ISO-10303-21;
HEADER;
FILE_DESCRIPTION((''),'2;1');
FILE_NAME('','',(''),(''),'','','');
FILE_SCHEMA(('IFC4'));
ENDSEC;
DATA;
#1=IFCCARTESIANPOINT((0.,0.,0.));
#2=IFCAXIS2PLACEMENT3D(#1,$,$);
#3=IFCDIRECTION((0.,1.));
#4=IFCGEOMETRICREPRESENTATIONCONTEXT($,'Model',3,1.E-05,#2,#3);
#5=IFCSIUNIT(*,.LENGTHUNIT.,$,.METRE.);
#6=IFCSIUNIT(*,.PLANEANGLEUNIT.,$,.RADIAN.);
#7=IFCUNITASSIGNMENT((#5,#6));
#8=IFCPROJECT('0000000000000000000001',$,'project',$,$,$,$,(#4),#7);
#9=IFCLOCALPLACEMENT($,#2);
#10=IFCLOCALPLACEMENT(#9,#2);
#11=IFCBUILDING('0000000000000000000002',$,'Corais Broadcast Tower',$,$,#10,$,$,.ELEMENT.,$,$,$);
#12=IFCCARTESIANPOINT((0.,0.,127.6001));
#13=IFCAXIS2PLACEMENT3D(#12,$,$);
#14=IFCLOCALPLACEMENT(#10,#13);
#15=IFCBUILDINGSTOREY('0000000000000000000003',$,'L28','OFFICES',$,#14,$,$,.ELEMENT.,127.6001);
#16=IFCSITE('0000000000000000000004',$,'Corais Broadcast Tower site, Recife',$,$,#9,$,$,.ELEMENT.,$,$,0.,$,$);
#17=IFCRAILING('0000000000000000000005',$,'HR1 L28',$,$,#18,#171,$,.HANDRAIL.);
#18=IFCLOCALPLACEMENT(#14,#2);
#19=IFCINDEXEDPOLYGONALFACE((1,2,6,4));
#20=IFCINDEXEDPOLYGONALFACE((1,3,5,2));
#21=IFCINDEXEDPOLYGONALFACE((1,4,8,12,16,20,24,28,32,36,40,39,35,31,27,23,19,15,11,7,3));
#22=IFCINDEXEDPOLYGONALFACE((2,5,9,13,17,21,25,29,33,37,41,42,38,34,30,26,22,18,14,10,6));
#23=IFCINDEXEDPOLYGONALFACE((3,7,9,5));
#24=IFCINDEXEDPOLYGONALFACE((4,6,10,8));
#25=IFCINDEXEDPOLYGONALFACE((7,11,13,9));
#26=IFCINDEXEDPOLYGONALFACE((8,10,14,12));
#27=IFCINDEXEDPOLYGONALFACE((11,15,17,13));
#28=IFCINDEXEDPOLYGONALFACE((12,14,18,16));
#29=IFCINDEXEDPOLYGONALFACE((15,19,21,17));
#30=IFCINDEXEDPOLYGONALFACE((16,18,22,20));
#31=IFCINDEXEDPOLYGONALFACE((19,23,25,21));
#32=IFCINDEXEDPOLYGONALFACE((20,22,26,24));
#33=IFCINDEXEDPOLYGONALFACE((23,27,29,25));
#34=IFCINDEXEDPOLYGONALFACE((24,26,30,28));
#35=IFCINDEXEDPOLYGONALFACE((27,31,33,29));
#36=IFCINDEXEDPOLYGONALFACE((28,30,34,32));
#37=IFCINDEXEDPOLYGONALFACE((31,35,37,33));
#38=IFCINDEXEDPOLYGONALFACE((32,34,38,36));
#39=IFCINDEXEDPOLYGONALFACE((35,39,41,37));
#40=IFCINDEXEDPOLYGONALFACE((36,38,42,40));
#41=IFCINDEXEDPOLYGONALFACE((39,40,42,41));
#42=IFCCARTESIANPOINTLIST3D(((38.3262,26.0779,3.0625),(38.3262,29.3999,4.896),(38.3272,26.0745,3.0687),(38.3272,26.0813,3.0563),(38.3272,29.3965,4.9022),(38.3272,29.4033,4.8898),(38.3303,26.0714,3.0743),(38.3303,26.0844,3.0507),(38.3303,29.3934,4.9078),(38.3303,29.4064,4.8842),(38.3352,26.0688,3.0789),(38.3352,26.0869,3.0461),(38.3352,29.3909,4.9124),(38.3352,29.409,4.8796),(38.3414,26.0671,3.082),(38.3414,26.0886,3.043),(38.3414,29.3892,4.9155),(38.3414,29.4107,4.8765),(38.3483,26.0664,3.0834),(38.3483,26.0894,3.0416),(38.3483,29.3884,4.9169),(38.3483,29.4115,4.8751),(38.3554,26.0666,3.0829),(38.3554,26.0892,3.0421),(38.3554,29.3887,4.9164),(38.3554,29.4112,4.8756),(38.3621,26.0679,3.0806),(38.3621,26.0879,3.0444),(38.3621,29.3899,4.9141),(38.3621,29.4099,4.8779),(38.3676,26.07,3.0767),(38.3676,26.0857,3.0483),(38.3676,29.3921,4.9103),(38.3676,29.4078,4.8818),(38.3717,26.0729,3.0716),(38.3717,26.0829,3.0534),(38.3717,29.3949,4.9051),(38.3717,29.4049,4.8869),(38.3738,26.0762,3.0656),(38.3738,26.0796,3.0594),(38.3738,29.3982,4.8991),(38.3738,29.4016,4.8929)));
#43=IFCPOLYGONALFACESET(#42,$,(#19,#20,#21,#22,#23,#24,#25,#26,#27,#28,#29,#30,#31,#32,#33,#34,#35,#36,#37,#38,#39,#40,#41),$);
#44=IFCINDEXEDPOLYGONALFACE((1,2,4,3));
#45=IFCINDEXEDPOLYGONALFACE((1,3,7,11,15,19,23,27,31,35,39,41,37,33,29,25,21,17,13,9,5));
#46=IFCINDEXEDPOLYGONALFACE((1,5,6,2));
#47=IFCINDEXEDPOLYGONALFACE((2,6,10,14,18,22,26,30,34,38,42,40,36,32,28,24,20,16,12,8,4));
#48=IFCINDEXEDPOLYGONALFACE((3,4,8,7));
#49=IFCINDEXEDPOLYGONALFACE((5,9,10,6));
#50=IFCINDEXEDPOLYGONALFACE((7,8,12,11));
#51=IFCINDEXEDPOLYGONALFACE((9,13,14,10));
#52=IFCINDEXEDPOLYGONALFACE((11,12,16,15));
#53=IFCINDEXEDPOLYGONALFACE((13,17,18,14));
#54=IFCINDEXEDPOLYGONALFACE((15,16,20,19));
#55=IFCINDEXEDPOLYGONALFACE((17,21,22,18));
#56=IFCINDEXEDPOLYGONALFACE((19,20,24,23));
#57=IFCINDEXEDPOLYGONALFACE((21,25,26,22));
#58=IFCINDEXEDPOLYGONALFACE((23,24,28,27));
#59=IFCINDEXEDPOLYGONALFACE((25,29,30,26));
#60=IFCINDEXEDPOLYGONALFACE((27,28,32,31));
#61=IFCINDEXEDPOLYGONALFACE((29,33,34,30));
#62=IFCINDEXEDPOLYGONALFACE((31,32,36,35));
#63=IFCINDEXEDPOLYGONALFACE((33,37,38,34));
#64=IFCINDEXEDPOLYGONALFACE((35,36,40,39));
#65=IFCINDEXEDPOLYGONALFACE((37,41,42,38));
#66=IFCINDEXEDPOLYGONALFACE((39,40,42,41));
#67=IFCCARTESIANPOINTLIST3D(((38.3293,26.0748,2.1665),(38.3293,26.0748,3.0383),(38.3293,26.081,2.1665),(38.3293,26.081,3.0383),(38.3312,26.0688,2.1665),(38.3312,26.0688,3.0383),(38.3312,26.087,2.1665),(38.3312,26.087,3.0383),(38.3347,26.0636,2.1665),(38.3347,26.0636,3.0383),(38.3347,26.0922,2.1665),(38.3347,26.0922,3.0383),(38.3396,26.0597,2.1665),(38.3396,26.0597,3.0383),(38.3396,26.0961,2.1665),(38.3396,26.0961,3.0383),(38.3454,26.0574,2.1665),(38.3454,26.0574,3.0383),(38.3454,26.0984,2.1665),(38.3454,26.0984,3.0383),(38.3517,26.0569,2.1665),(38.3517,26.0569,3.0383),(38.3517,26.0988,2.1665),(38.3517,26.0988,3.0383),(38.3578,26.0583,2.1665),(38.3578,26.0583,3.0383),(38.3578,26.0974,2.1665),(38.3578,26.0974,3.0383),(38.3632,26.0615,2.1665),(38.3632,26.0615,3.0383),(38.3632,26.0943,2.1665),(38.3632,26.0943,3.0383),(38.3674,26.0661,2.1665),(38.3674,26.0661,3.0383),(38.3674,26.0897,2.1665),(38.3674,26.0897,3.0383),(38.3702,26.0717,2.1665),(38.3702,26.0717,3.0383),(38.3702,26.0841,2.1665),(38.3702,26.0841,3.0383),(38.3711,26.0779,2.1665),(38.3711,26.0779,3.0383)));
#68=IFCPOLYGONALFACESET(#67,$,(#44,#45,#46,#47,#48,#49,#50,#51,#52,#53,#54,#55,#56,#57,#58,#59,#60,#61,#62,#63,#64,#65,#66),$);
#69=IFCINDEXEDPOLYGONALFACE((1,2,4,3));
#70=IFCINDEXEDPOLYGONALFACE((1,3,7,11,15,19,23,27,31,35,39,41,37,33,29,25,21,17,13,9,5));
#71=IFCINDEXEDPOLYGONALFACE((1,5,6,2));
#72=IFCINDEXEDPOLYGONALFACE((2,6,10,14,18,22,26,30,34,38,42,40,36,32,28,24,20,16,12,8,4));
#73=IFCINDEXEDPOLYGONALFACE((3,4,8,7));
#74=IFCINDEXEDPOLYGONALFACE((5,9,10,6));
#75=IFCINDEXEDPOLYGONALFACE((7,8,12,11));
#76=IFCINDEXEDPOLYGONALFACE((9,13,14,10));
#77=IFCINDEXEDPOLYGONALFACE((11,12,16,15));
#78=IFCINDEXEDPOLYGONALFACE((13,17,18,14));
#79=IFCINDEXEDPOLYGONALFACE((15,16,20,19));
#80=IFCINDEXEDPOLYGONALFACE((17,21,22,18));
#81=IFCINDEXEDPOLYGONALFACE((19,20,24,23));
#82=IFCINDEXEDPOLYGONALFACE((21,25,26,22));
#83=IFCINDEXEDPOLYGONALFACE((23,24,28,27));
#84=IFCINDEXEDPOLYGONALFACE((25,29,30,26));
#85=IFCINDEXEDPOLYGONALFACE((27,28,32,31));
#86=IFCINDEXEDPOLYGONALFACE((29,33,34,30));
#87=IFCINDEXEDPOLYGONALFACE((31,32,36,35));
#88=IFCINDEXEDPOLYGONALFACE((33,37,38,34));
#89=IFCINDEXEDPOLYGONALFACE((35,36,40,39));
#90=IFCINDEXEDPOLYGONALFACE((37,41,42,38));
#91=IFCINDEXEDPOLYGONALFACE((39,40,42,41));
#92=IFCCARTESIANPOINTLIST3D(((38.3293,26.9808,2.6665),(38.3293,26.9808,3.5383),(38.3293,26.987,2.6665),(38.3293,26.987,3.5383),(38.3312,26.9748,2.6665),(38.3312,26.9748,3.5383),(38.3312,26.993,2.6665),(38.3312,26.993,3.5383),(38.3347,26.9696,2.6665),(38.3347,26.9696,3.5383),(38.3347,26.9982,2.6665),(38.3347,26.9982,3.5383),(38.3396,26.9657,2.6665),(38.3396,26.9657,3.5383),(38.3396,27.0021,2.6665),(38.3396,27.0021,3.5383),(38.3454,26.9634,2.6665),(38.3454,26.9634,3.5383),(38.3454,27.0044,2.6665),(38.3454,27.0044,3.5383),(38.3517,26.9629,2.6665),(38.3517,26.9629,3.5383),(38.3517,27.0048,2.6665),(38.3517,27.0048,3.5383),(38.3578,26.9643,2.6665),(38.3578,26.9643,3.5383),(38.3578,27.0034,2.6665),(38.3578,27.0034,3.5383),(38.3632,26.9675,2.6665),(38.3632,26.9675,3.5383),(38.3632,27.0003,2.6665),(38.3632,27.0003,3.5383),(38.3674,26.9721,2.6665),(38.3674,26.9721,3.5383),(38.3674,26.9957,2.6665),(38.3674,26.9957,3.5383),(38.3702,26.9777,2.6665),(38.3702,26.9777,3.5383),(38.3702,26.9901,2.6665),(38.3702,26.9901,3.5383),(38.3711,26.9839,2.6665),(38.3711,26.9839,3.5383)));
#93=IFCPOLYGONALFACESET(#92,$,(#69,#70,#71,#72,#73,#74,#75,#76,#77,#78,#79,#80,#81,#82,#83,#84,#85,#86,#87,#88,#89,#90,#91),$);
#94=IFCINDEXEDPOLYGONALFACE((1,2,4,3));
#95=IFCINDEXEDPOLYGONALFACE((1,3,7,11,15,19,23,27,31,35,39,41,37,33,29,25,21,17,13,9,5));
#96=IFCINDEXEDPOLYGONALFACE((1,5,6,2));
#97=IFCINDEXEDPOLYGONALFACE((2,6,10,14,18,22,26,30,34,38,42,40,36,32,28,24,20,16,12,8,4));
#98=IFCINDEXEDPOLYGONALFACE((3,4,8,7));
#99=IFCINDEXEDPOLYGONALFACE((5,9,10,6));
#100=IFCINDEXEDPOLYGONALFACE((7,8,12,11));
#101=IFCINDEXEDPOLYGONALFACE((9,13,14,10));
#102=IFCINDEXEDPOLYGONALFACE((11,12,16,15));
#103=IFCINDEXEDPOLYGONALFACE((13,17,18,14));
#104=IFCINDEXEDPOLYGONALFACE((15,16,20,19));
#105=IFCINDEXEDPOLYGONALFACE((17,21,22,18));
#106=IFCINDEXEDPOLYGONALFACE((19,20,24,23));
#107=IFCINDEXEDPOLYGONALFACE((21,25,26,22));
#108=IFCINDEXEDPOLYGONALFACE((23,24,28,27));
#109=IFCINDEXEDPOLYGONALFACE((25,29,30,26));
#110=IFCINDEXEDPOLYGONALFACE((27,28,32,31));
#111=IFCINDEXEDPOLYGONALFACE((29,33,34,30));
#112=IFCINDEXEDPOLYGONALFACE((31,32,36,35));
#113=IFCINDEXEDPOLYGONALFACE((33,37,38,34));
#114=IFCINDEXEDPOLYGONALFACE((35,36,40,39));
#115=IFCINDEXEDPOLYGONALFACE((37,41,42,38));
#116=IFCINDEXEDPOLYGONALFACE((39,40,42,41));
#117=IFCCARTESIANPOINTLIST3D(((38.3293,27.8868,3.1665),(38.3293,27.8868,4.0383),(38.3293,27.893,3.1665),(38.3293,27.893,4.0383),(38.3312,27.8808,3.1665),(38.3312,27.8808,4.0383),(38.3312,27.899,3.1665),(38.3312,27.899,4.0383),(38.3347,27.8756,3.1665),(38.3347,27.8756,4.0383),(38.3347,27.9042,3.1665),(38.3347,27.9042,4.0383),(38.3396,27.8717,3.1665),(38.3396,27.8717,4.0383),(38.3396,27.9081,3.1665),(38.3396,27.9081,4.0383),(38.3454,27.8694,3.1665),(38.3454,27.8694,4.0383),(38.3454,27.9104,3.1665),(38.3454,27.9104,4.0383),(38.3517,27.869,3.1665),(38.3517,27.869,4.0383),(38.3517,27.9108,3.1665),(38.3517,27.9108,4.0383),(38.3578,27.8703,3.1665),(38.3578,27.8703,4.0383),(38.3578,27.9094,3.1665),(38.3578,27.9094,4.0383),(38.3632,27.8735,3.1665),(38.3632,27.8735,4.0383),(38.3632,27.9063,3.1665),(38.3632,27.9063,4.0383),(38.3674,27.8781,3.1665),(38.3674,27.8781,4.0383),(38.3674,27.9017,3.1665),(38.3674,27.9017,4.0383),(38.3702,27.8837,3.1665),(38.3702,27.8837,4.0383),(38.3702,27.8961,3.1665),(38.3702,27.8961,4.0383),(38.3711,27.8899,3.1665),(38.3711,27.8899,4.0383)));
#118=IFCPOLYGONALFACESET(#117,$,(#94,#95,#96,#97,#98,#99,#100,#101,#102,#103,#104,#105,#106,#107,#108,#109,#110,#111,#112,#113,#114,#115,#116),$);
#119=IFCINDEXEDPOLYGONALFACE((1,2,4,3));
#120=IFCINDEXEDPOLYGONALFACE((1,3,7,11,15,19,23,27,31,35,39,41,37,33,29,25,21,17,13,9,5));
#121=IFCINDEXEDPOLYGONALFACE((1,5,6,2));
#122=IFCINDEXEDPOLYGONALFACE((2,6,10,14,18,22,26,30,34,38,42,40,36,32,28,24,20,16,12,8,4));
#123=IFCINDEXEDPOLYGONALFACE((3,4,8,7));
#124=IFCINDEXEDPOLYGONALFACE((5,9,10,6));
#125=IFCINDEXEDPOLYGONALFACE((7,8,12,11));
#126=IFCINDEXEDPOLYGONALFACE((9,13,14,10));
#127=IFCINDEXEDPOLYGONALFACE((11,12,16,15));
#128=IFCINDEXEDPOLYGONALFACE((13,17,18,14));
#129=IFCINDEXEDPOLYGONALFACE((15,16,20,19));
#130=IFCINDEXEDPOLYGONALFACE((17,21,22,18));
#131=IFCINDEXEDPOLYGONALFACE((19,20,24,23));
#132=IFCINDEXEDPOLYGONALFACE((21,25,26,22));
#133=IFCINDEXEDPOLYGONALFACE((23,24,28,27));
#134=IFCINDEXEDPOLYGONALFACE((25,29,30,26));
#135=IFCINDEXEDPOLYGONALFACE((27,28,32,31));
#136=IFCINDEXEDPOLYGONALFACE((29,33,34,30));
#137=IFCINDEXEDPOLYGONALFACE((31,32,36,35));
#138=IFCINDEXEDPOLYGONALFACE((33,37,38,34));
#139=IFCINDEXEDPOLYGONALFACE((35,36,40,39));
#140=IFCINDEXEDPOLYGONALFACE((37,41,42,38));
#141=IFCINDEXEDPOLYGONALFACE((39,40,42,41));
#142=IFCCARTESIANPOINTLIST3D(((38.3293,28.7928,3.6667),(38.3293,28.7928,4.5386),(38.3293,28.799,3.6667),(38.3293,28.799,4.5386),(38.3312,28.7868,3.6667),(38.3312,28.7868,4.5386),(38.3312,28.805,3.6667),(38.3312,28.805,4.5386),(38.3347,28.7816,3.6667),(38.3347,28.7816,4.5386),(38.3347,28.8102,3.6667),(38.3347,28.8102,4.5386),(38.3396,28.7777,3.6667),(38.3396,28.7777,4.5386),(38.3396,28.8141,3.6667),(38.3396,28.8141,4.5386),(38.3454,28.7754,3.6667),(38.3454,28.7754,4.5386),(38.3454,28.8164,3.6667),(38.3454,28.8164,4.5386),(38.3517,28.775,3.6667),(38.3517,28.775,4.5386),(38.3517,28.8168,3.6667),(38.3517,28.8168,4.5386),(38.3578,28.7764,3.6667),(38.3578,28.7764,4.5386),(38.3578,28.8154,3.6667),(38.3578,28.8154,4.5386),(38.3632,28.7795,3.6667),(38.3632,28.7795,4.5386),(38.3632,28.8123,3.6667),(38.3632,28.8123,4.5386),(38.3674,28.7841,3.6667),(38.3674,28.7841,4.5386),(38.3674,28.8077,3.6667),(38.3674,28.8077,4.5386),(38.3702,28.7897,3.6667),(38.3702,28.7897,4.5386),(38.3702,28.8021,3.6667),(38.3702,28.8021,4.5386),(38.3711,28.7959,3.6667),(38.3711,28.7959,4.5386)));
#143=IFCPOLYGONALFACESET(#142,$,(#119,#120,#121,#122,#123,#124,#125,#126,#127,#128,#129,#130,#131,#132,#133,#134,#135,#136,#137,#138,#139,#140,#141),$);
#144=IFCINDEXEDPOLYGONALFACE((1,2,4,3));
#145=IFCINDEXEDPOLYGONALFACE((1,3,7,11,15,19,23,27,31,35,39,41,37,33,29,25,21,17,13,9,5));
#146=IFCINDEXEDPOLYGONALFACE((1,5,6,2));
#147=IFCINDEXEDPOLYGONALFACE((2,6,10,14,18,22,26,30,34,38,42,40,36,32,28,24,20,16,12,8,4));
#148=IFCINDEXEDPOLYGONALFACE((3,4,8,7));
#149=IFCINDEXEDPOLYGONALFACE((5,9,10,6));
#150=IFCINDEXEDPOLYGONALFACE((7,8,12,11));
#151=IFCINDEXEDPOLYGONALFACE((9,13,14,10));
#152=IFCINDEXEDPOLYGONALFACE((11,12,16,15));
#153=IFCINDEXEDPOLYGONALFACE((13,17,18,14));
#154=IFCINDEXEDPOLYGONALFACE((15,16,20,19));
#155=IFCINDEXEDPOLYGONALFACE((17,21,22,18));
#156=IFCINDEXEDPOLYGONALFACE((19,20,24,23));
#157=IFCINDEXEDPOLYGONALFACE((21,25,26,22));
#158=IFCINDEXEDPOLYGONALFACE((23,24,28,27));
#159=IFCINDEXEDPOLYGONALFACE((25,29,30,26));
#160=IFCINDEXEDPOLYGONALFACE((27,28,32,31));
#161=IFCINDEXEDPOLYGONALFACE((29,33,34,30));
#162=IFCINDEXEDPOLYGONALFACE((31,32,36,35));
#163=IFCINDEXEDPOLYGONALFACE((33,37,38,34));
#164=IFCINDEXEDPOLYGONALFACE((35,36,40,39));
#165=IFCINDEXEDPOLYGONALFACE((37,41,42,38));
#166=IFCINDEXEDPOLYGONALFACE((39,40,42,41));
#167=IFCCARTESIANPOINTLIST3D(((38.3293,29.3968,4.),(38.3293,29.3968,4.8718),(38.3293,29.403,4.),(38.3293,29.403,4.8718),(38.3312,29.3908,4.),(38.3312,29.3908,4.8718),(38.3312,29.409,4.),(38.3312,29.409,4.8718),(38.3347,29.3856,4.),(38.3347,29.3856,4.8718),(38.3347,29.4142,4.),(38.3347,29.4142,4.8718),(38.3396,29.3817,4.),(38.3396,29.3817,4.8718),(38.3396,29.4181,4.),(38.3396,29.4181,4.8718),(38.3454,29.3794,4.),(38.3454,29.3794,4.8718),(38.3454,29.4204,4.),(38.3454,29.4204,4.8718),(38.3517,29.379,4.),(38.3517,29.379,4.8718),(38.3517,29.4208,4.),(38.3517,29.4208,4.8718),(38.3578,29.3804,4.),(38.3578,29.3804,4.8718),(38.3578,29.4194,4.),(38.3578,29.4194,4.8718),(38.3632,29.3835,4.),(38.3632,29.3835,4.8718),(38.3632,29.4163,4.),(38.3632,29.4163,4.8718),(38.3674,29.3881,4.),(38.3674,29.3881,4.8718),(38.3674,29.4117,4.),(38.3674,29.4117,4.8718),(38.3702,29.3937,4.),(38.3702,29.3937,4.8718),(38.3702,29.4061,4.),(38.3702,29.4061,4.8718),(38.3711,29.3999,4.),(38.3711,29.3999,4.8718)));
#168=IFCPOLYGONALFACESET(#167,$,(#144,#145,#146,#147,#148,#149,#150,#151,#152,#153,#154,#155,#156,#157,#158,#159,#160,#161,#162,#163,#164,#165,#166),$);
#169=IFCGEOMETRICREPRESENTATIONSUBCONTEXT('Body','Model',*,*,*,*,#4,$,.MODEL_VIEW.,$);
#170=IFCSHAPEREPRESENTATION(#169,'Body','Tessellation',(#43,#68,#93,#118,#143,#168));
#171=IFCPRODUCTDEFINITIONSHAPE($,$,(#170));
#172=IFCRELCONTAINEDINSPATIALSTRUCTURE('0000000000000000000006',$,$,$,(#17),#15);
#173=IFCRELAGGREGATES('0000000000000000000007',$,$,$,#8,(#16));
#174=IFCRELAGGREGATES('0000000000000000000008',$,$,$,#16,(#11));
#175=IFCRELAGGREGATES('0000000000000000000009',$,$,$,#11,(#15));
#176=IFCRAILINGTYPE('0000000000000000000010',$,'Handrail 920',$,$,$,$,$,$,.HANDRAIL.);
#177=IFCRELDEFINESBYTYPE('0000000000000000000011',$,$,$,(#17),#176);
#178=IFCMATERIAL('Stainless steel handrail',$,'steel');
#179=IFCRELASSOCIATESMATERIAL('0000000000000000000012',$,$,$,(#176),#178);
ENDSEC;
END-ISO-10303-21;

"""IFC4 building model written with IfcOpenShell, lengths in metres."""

from ifc_helpers import new_model, si_unit, direction, frame, origin, origin_2d, place, context, subcontext, project, spatial, circle, extrude, material, type_object, element, save


model = new_model("IFC4")

# Units and contexts
model_context = context("Model", 3, precision=1e-05, world=origin(), true_north=direction((0.0, 1.0)))
body_context = subcontext(model_context, "Body", "Model", "MODEL_VIEW")
ifc_project = project(units=[si_unit("LENGTHUNIT", "METRE"), si_unit("PLANEANGLEUNIT", "RADIAN")], contexts=[model_context])

# Site, building, storey
site_placement = place(None, origin())
site = spatial("IfcSite", under=ifc_project, at=site_placement, Name="Corais Broadcast Tower site, Recife", CompositionType="ELEMENT", RefElevation=0.0)
building_placement = place(site_placement, origin())
building = spatial("IfcBuilding", under=site, at=building_placement, Name="Corais Broadcast Tower", CompositionType="ELEMENT")
storey_placement = place(building_placement, frame((0.0, 0.0, 127.6001)))
storey = spatial("IfcBuildingStorey", under=building, at=storey_placement, Name="L28", Description="OFFICES", CompositionType="ELEMENT", Elevation=127.6001)

# Railing
ifc_material_1 = material(Name="Stainless steel handrail", Category="steel")
railing_type = type_object("IfcRailingType", Name="Handrail 920", PredefinedType="HANDRAIL", material=ifc_material_1)
for number, where, name in (
    (1, (38.3501, 26.0779, 2.1665), "HR1 L28"),
):
    element("IfcRailing", number, at=place(storey_placement, frame(where)), inside=storey, type_object=railing_type, Name=name, PredefinedType="HANDRAIL", context=body_context, shape_type="SweptSolid", body=[
        extrude(circle(Radius=0.0239, at=origin_2d()), frame((0.0, 0.0, 0.896), z_axis=(0.0, 0.875504, 0.48321), x_axis=(-1.0, 0.0, 0.0)), (0.0, 0.0, 1.0), 3.7944),
        extrude(circle(Radius=0.021, at=origin_2d()), origin(), (0.0, 0.0, 1.0), 0.8718),
        extrude(circle(Radius=0.021, at=origin_2d()), frame((0.0, 0.906, 0.5)), (0.0, 0.0, 1.0), 0.8718),
        extrude(circle(Radius=0.021, at=origin_2d()), frame((0.0, 1.812, 1.0)), (0.0, 0.0, 1.0), 0.8718),
        extrude(circle(Radius=0.021, at=origin_2d()), frame((0.0, 2.718, 1.5002)), (0.0, 0.0, 1.0), 0.8718),
        extrude(circle(Radius=0.021, at=origin_2d()), frame((0.0, 3.322, 1.8335)), (0.0, 0.0, 1.0), 0.8718),
    ])

save(model, "model.ifc")
